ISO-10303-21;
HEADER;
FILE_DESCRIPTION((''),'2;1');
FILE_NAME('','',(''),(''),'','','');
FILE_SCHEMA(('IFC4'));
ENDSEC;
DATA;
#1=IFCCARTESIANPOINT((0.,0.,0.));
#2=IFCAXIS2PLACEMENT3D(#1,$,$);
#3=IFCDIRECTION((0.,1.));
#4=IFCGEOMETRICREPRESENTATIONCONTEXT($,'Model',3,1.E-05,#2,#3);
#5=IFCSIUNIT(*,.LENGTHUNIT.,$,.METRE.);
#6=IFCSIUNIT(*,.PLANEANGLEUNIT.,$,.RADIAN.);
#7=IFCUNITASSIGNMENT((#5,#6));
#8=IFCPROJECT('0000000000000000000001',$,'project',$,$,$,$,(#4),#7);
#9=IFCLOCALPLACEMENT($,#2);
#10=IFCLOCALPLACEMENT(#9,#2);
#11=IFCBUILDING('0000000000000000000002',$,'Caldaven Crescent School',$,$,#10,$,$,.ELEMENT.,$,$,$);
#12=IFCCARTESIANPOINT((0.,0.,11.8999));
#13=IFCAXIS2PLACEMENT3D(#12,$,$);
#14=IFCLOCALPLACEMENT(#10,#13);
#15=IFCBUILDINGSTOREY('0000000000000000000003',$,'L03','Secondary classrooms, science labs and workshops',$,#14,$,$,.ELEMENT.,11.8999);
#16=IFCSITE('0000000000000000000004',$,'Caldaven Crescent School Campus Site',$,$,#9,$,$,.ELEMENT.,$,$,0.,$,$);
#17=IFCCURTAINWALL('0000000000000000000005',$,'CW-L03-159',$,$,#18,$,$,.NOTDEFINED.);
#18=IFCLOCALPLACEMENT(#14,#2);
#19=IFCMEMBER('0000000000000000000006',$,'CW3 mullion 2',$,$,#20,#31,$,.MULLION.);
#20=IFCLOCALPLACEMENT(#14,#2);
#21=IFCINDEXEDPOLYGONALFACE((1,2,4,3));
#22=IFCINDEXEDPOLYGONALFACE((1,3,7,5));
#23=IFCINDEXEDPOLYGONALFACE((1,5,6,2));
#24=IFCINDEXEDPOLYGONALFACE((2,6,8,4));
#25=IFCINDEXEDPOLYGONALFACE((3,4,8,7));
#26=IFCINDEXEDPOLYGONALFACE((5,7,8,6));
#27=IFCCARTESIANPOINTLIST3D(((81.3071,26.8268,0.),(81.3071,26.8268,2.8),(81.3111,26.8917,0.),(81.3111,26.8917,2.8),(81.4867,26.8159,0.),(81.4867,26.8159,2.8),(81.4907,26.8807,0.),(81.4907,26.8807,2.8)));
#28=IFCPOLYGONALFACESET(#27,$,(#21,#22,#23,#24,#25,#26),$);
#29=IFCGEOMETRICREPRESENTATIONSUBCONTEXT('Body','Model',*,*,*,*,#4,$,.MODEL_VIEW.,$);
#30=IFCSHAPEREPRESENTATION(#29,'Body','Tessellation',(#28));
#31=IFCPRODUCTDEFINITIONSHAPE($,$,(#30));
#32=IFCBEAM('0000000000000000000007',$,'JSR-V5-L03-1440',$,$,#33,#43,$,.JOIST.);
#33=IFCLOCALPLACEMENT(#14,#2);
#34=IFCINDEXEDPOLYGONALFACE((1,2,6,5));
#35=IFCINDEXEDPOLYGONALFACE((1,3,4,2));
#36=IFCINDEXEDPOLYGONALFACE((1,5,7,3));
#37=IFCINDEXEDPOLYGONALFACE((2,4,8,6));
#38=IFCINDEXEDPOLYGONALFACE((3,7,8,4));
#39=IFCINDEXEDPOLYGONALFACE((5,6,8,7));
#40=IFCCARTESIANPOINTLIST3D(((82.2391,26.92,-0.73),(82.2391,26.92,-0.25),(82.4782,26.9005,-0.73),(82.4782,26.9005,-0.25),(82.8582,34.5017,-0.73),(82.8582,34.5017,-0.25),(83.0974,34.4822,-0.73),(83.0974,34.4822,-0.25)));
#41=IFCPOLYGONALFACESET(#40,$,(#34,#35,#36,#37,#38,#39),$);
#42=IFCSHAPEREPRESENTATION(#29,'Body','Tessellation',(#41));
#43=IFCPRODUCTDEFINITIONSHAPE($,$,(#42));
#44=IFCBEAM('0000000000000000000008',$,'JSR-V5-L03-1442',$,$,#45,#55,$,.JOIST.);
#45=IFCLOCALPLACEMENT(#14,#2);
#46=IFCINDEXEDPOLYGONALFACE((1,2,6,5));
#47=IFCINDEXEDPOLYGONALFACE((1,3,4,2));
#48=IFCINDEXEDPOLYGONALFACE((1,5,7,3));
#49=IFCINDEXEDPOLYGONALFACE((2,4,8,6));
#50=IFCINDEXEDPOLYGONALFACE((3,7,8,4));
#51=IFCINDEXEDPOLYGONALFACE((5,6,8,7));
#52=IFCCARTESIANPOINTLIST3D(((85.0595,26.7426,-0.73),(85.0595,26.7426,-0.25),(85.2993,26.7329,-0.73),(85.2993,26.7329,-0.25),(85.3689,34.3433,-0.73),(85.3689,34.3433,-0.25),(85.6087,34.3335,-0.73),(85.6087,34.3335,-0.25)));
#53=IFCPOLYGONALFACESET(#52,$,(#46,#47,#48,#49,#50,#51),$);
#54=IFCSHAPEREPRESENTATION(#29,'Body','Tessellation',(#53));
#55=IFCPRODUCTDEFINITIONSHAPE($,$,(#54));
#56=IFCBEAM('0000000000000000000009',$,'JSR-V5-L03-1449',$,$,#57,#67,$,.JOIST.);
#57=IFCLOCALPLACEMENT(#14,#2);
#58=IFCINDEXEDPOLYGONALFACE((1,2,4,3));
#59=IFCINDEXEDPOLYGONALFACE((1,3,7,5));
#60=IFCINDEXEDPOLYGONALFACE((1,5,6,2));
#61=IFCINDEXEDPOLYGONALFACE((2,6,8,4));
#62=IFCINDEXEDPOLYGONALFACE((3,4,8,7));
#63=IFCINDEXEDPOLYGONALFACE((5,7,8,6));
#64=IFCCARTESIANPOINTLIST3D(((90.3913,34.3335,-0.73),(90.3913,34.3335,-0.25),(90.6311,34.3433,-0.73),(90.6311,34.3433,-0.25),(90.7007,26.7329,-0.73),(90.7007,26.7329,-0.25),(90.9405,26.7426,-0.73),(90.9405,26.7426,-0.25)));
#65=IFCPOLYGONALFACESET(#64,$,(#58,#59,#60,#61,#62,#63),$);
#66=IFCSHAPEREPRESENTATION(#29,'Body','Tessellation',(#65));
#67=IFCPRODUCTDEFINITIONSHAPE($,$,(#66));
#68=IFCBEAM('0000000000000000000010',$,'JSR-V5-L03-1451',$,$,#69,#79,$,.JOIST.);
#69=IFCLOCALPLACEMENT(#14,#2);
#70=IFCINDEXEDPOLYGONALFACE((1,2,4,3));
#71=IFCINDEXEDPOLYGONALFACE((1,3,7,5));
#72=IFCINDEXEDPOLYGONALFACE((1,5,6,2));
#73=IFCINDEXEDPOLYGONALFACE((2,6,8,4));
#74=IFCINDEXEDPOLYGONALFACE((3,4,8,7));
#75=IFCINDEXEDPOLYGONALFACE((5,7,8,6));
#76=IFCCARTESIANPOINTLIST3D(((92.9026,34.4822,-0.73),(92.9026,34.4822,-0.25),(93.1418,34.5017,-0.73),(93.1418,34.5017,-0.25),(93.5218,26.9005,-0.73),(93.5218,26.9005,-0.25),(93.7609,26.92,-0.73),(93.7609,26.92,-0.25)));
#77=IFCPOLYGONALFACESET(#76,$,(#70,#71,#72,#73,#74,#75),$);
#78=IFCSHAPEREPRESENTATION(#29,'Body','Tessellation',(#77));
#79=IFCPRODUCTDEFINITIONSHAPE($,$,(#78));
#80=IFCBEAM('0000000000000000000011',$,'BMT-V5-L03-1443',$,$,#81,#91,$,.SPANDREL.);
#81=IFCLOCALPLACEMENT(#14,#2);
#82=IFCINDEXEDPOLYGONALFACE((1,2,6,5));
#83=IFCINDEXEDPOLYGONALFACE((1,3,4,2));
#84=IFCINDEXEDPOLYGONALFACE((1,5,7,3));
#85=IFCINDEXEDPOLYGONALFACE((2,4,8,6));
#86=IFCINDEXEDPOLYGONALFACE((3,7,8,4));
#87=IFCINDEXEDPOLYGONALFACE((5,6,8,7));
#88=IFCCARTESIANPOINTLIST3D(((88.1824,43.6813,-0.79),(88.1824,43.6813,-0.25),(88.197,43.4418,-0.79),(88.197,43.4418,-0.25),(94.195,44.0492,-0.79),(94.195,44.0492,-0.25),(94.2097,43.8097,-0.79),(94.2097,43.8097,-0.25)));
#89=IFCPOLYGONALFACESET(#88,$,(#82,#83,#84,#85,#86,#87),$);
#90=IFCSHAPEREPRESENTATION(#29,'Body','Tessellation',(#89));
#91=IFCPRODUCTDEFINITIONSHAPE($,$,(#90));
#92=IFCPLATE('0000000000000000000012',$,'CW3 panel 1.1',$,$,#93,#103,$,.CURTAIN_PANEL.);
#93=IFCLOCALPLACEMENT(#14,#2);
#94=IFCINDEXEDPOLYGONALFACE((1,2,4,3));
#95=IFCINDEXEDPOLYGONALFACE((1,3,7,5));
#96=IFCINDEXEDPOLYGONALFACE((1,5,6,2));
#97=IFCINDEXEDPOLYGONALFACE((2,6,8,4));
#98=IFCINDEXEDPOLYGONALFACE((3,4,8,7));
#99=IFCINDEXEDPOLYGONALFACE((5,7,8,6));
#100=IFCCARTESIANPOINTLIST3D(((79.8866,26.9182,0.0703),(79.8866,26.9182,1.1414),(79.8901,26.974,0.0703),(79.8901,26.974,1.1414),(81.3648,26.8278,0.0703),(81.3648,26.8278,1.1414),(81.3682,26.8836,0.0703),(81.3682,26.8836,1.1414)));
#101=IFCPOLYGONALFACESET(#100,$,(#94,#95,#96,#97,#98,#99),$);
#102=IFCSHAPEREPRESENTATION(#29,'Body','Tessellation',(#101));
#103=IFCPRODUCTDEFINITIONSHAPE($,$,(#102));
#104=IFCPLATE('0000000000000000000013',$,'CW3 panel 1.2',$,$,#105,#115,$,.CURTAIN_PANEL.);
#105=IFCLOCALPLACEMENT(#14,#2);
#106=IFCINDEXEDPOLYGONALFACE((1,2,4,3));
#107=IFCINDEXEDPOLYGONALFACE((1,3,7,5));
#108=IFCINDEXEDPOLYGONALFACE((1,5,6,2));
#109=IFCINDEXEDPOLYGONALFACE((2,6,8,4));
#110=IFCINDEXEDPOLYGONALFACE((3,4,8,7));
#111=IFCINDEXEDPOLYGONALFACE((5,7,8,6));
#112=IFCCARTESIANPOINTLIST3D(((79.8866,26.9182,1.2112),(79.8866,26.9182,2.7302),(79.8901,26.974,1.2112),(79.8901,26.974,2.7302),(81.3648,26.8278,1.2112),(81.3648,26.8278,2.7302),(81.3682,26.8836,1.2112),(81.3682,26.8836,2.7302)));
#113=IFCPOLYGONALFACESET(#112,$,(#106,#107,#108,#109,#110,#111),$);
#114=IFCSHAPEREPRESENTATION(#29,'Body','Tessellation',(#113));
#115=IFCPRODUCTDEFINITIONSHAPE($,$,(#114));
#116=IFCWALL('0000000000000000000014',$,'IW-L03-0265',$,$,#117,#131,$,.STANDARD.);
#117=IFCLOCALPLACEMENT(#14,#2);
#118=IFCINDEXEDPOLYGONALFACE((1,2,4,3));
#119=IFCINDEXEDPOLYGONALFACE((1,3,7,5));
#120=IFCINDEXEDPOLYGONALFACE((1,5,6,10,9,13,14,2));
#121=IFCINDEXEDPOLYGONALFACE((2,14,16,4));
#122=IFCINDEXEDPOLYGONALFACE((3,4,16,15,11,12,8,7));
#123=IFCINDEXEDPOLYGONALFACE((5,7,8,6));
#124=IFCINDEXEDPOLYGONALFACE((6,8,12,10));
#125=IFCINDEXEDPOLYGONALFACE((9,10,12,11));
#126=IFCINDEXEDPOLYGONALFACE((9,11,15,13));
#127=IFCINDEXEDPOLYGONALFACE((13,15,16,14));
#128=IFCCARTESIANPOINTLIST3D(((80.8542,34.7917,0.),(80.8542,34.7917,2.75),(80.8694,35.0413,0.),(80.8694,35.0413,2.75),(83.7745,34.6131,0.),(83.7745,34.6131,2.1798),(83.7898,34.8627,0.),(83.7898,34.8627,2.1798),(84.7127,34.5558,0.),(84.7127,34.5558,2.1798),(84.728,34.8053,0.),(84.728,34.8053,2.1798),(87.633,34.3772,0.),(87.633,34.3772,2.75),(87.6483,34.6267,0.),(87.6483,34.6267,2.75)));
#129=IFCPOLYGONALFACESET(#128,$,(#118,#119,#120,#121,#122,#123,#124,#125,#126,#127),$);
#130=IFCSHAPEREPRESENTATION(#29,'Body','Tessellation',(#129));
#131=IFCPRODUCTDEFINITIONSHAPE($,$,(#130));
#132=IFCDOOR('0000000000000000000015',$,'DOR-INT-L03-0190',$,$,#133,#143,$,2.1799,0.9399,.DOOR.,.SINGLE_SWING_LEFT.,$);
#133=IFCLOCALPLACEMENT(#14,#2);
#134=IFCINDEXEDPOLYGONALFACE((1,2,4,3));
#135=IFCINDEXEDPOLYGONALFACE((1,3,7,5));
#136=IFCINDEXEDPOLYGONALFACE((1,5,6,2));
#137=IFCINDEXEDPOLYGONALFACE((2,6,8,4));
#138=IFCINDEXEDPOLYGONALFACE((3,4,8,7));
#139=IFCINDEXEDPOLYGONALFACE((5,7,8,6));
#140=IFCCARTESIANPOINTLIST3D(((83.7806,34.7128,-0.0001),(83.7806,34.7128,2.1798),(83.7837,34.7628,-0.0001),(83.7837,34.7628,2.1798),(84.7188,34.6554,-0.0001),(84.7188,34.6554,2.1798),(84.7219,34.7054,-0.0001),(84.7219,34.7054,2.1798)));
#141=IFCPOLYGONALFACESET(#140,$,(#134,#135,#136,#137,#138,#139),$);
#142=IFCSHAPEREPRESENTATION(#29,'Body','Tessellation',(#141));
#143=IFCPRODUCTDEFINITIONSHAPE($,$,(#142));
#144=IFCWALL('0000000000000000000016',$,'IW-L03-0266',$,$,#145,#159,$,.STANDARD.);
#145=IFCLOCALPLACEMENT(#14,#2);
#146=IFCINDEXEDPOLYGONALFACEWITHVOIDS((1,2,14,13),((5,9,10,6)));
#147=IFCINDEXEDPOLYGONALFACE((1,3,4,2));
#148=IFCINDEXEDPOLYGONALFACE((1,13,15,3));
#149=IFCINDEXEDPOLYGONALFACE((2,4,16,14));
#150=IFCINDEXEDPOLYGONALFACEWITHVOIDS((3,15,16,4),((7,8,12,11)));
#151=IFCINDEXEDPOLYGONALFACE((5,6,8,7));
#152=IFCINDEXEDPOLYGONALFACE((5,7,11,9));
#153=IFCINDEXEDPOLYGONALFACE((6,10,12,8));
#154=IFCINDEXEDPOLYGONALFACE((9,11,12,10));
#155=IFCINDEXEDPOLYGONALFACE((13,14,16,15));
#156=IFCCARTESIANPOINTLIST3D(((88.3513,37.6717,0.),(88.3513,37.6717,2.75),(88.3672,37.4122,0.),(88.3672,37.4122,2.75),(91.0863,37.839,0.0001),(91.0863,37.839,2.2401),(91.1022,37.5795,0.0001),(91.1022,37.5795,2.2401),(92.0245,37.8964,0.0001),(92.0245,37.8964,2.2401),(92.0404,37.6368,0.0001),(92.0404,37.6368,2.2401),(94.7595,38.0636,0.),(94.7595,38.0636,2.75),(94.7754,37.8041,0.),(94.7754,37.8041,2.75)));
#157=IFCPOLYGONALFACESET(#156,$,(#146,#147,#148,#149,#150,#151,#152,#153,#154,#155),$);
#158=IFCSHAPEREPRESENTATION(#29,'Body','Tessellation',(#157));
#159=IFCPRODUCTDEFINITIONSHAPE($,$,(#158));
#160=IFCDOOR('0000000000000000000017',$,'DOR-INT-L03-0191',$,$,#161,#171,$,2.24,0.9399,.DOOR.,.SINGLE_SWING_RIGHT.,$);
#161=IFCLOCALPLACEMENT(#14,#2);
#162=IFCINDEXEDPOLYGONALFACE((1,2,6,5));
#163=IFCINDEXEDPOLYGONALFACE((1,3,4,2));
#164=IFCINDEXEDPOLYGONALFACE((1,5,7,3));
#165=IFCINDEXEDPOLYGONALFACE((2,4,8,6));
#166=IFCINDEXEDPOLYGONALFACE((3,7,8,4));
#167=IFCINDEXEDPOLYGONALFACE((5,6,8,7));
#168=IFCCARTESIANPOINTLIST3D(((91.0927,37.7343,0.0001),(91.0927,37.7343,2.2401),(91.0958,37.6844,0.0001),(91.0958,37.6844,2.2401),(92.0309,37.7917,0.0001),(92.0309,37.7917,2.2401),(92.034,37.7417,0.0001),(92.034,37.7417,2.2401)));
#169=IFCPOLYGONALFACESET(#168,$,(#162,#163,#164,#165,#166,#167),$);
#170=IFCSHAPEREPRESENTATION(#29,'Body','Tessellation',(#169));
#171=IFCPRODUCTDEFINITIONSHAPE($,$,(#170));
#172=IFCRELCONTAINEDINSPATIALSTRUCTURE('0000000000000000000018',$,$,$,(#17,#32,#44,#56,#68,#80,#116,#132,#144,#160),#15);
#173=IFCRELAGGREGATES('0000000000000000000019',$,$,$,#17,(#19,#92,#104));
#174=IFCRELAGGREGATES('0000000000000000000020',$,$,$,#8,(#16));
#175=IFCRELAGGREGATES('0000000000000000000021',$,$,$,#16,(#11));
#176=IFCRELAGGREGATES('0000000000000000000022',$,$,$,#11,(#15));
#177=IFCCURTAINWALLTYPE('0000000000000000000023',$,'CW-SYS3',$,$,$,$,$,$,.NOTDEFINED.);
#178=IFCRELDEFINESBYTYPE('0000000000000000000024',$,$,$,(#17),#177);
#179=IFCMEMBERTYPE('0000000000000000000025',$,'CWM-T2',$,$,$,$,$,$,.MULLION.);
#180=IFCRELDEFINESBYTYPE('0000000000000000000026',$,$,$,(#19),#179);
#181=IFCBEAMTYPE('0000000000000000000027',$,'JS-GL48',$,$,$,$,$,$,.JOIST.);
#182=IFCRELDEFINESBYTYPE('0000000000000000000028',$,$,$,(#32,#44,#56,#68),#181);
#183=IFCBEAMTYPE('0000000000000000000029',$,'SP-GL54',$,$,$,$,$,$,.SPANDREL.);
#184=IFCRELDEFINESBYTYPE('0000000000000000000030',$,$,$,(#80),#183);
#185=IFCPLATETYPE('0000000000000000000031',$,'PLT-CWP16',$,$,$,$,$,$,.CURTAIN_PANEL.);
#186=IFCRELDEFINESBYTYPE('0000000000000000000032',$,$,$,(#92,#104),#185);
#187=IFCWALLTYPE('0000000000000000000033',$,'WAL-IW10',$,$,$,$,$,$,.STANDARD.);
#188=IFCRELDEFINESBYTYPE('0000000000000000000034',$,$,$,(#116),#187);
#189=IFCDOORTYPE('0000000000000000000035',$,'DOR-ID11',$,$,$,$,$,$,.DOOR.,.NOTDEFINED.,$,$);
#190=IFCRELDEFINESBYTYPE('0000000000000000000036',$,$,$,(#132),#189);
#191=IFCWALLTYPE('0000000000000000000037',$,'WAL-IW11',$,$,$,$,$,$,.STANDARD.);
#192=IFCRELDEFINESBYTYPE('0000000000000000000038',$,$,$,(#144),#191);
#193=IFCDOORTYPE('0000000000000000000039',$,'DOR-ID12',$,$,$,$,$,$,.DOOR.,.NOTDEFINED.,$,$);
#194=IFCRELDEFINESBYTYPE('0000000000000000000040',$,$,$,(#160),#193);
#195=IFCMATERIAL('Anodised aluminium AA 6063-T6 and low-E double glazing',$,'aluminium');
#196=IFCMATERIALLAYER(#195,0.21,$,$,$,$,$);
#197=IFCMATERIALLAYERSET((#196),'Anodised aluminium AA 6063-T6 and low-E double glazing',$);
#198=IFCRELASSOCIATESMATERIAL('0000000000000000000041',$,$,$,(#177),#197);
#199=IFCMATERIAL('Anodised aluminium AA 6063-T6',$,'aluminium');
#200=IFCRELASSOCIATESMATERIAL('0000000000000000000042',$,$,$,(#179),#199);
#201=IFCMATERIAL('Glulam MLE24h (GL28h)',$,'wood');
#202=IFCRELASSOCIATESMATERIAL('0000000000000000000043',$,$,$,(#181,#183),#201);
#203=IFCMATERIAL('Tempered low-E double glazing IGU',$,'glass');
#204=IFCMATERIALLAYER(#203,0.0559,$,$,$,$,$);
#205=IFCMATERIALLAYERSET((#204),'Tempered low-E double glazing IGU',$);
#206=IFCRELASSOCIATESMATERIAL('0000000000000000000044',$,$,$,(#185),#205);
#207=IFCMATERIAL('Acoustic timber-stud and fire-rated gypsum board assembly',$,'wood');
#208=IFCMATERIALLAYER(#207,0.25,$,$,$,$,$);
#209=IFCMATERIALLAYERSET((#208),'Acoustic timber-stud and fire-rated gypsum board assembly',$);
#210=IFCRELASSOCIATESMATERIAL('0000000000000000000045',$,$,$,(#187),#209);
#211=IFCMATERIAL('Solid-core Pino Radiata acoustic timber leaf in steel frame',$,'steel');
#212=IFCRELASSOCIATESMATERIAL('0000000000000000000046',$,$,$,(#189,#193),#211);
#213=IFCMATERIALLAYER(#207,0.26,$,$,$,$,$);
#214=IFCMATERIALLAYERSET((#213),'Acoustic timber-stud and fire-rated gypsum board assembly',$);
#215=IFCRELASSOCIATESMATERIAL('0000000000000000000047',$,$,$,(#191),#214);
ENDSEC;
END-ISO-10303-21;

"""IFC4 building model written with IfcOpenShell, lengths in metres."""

from ifc_helpers import new_model, si_unit, direction, frame, frame_2d, origin, origin_2d, place, context, subcontext, project, spatial, rectangle, extrude, material, layer, layer_set, material_profile, profile_set, type_object, element, fill, aggregate, save


model = new_model("IFC4")

# Units and contexts
model_context = context("Model", 3, precision=1e-05, world=origin(), true_north=direction((0.0, 1.0)))
body_context = subcontext(model_context, "Body", "Model", "MODEL_VIEW")
ifc_project = project(units=[si_unit("LENGTHUNIT", "METRE"), si_unit("PLANEANGLEUNIT", "RADIAN")], contexts=[model_context])

# Site, building, storey
site_placement = place(None, origin())
site = spatial("IfcSite", under=ifc_project, at=site_placement, Name="Caldaven Crescent School Campus Site", CompositionType="ELEMENT", RefElevation=0.0)
building_placement = place(site_placement, origin())
building = spatial("IfcBuilding", under=site, at=building_placement, Name="Caldaven Crescent School", CompositionType="ELEMENT")
storey_placement = place(building_placement, frame((0.0, 0.0, 11.8999)))
storey = spatial("IfcBuildingStorey", under=building, at=storey_placement, Name="L03", Description="Secondary classrooms, science labs and workshops", CompositionType="ELEMENT", Elevation=11.8999)

# Shared definitions
ifc_material_1 = material(Name="Glulam MLE24h (GL28h)", Category="wood")

# Curtain wall, member
ifc_material_2 = material(Name="Anodised aluminium AA 6063-T6 and low-E double glazing", Category="aluminium")
ifc_layer_1 = layer(ifc_material_2, 0.21)
ifc_layer_set_1 = layer_set([ifc_layer_1], Name="Anodised aluminium AA 6063-T6 and low-E double glazing")
curtain_wall_type = type_object("IfcCurtainWallType", Name="CW-SYS3", PredefinedType="NOTDEFINED", material=ifc_layer_set_1)
curtain_wall_placement = place(storey_placement, origin())
curtain_wall = element("IfcCurtainWall", 1, at=curtain_wall_placement, inside=storey, type_object=curtain_wall_type, Name="CW-L03-159", PredefinedType="NOTDEFINED")
ifc_material_3 = material(Name="Anodised aluminium AA 6063-T6", Category="aluminium")
ifc_material_profile_1 = material_profile(ifc_material_3, rectangle(XDim=0.0649, YDim=0.1799, at=origin_2d()), Name="CWM 65x180")
ifc_profile_set_1 = profile_set([ifc_material_profile_1], Name="Anodised aluminium AA 6063-T6")
member_type = type_object("IfcMemberType", Name="CWM-T2", PredefinedType="MULLION", material=ifc_profile_set_1)
member_placement = place(storey_placement, frame((81.3989, 26.8538, 0.0), z_axis=(0.0, 0.0, 1.0), x_axis=(0.061049, 0.998135, 0.0)))
member = element("IfcMember", 2, at=member_placement, type_object=member_type, Name="CW3 mullion 2", PredefinedType="MULLION", context=body_context, shape_type="SweptSolid", body=[
    extrude(rectangle(XDim=0.0649, YDim=0.1799, at=origin_2d()), origin(), (0.0, 0.0, 1.0), 2.8),
])

# Beams
ifc_material_profile_2 = material_profile(ifc_material_1, rectangle(XDim=0.24, YDim=0.48, at=origin_2d()), Name="MLE 240x480")
ifc_profile_set_2 = profile_set([ifc_material_profile_2], Name="Glulam MLE24h (GL28h)")
beam_type_1 = type_object("IfcBeamType", Name="JS-GL48", PredefinedType="JOIST", material=ifc_profile_set_2)
for number, where, z_axis, x_axis, name in (
    (3, (82.9778, 34.4919, -0.49), (-0.081391, -0.996682, 0.0), (0.996682, -0.081391, 0.0), "JSR-V5-L03-1440"),
    (4, (85.4888, 34.3384, -0.49), (-0.040664, -0.999173, 0.0), (0.999173, -0.040664, 0.0), "JSR-V5-L03-1442"),
    (5, (90.5112, 34.3384, -0.49), (0.040664, -0.999173, 0.0), (0.999173, 0.040664, 0.0), "JSR-V5-L03-1449"),
    (6, (93.0222, 34.4919, -0.49), (0.081391, -0.996682, 0.0), (0.996682, 0.081391, 0.0), "JSR-V5-L03-1451"),
):
    element("IfcBeam", number, at=place(storey_placement, frame(where, z_axis=z_axis, x_axis=x_axis)), inside=storey, type_object=beam_type_1, Name=name, PredefinedType="JOIST", context=body_context, shape_type="SweptSolid", body=[
        extrude(rectangle(XDim=0.24, YDim=0.48, at=origin_2d()), origin(), (0.0, 0.0, 1.0), 7.6069),
    ])
ifc_material_profile_3 = material_profile(ifc_material_1, rectangle(XDim=0.24, YDim=0.54, at=origin_2d()), Name="MLE 240x540")
ifc_profile_set_3 = profile_set([ifc_material_profile_3], Name="Glulam MLE24h (GL28h)")
beam_type_2 = type_object("IfcBeamType", Name="SP-GL54", PredefinedType="SPANDREL", material=ifc_profile_set_3)
beam_1_placement = place(storey_placement, frame((88.1897, 43.5615, -0.52), z_axis=(0.998133, 0.061076, 0.0), x_axis=(-0.061076, 0.998133, 0.0)))
element("IfcBeam", 7, at=beam_1_placement, inside=storey, type_object=beam_type_2, Name="BMT-V5-L03-1443", PredefinedType="SPANDREL", context=body_context, shape_type="SweptSolid", body=[
    extrude(rectangle(XDim=0.24, YDim=0.54, at=origin_2d()), origin(), (0.0, 0.0, 1.0), 6.0239),
])

# Plates
ifc_material_4 = material(Name="Tempered low-E double glazing IGU", Category="glass")
ifc_layer_2 = layer(ifc_material_4, 0.0559)
ifc_layer_set_2 = layer_set([ifc_layer_2], Name="Tempered low-E double glazing IGU")
plate_type = type_object("IfcPlateType", Name="PLT-CWP16", PredefinedType="CURTAIN_PANEL", material=ifc_layer_set_2)
plate_1_placement = place(storey_placement, frame((80.6274, 26.9009, 0.0703), z_axis=(0.0, 0.0, 1.0), x_axis=(0.998135, -0.061049, 0.0)))
plate_1 = element("IfcPlate", 8, at=plate_1_placement, type_object=plate_type, Name="CW3 panel 1.1", PredefinedType="CURTAIN_PANEL", context=body_context, shape_type="SweptSolid", body=[
    extrude(rectangle(XDim=1.481, YDim=0.0559, at=origin_2d()), origin(), (0.0, 0.0, 1.0), 1.071),
])
plate_2_placement = place(storey_placement, frame((80.6274, 26.9009, 1.2112), z_axis=(0.0, 0.0, 1.0), x_axis=(0.998135, -0.061049, 0.0)))
plate_2 = element("IfcPlate", 9, at=plate_2_placement, type_object=plate_type, Name="CW3 panel 1.2", PredefinedType="CURTAIN_PANEL", context=body_context, shape_type="SweptSolid", body=[
    extrude(rectangle(XDim=1.481, YDim=0.0559, at=origin_2d()), origin(), (0.0, 0.0, 1.0), 1.519),
])
aggregate(curtain_wall, [member, plate_1, plate_2])

# Walls, openings, doors
ifc_material_5 = material(Name="Acoustic timber-stud and fire-rated gypsum board assembly", Category="wood")
ifc_material_6 = material(Name="Solid-core Pino Radiata acoustic timber leaf in steel frame", Category="steel")
ifc_layer_3 = layer(ifc_material_5, 0.25)
ifc_layer_set_3 = layer_set([ifc_layer_3], Name="Acoustic timber-stud and fire-rated gypsum board assembly")
wall_type_1 = type_object("IfcWallType", Name="WAL-IW10", PredefinedType="STANDARD", material=ifc_layer_set_3)
wall_1_placement = place(storey_placement, frame((80.8618, 34.9165, 0.0), z_axis=(0.0, 0.0, 1.0), x_axis=(0.998135, -0.06104, 0.0)))
wall_1 = element("IfcWall", 10, at=wall_1_placement, inside=storey, type_object=wall_type_1, Name="IW-L03-0265", PredefinedType="STANDARD", context=body_context, shape_type="SweptSolid", body=[
    extrude(rectangle(XDim=6.7915, YDim=0.25, at=frame_2d((3.3958, 0.0))), origin(), (0.0, 0.0, 1.0), 2.75),
])
opening_1_placement = place(wall_1_placement, frame((2.9258, 0.0, 0.0)))
opening_1 = element("IfcOpeningElement", 11, at=opening_1_placement, cuts=wall_1, PredefinedType="OPENING", context=body_context, shape_type="SweptSolid", body=[
    extrude(rectangle(XDim=0.9399, YDim=2.1799, at=frame_2d((0.47, 1.0898))), frame((0.0, 0.135, 0.0), z_axis=(0.0, -1.0, 0.0), x_axis=(1.0, 0.0, 0.0)), (0.0, 0.0, 1.0), 0.27),
])
door_type_1 = type_object("IfcDoorType", Name="DOR-ID11", OperationType="NOTDEFINED", PredefinedType="DOOR", material=ifc_material_6)
door_1_placement = place(opening_1_placement, origin())
door_1 = element("IfcDoor", 12, at=door_1_placement, inside=storey, type_object=door_type_1, Name="DOR-INT-L03-0190", OperationType="SINGLE_SWING_LEFT", OverallHeight=2.1799, OverallWidth=0.9399, PredefinedType="DOOR", context=body_context, shape_type="SweptSolid", body=[
    extrude(rectangle(XDim=0.9399, YDim=2.1799, at=frame_2d((0.47, 1.0898))), frame((0.0, 0.0249, 0.0), z_axis=(0.0, -1.0, 0.0), x_axis=(1.0, 0.0, 0.0)), (0.0, 0.0, 1.0), 0.05),
])
fill(opening_1, door_1)
ifc_layer_4 = layer(ifc_material_5, 0.26)
ifc_layer_set_4 = layer_set([ifc_layer_4], Name="Acoustic timber-stud and fire-rated gypsum board assembly")
wall_type_2 = type_object("IfcWallType", Name="WAL-IW11", PredefinedType="STANDARD", material=ifc_layer_set_4)
wall_2_placement = place(storey_placement, frame((88.3594, 37.542, 0.0), z_axis=(0.0, 0.0, 1.0), x_axis=(0.998136, 0.061034, 0.0)))
wall_2 = element("IfcWall", 13, at=wall_2_placement, inside=storey, type_object=wall_type_2, Name="IW-L03-0266", PredefinedType="STANDARD", context=body_context, shape_type="SweptSolid", body=[
    extrude(rectangle(XDim=6.4202, YDim=0.26, at=frame_2d((3.21, 0.0))), origin(), (0.0, 0.0, 1.0), 2.75),
])
opening_2_placement = place(wall_2_placement, frame((2.74, 0.0, 0.0)))
opening_2 = element("IfcOpeningElement", 14, at=opening_2_placement, cuts=wall_2, PredefinedType="OPENING", context=body_context, shape_type="SweptSolid", body=[
    extrude(rectangle(XDim=0.9399, YDim=2.24, at=frame_2d((0.47, 1.1201))), frame((0.0, 0.1399, 0.0), z_axis=(0.0, -1.0, 0.0), x_axis=(1.0, 0.0, 0.0)), (0.0, 0.0, 1.0), 0.28),
])
door_type_2 = type_object("IfcDoorType", Name="DOR-ID12", OperationType="NOTDEFINED", PredefinedType="DOOR", material=ifc_material_6)
door_2_placement = place(opening_2_placement, frame((0.9399, 0.0, 0.0), z_axis=(0.0, 0.0, 1.0), x_axis=(-1.0, 0.0, 0.0)))
door_2 = element("IfcDoor", 15, at=door_2_placement, inside=storey, type_object=door_type_2, Name="DOR-INT-L03-0191", OperationType="SINGLE_SWING_RIGHT", OverallHeight=2.24, OverallWidth=0.9399, PredefinedType="DOOR", context=body_context, shape_type="SweptSolid", body=[
    extrude(rectangle(XDim=0.9399, YDim=2.24, at=frame_2d((0.47, 1.1201))), frame((0.0, 0.0249, 0.0), z_axis=(0.0, -1.0, 0.0), x_axis=(1.0, 0.0, 0.0)), (0.0, 0.0, 1.0), 0.05),
])
fill(opening_2, door_2)

save(model, "model.ifc")
